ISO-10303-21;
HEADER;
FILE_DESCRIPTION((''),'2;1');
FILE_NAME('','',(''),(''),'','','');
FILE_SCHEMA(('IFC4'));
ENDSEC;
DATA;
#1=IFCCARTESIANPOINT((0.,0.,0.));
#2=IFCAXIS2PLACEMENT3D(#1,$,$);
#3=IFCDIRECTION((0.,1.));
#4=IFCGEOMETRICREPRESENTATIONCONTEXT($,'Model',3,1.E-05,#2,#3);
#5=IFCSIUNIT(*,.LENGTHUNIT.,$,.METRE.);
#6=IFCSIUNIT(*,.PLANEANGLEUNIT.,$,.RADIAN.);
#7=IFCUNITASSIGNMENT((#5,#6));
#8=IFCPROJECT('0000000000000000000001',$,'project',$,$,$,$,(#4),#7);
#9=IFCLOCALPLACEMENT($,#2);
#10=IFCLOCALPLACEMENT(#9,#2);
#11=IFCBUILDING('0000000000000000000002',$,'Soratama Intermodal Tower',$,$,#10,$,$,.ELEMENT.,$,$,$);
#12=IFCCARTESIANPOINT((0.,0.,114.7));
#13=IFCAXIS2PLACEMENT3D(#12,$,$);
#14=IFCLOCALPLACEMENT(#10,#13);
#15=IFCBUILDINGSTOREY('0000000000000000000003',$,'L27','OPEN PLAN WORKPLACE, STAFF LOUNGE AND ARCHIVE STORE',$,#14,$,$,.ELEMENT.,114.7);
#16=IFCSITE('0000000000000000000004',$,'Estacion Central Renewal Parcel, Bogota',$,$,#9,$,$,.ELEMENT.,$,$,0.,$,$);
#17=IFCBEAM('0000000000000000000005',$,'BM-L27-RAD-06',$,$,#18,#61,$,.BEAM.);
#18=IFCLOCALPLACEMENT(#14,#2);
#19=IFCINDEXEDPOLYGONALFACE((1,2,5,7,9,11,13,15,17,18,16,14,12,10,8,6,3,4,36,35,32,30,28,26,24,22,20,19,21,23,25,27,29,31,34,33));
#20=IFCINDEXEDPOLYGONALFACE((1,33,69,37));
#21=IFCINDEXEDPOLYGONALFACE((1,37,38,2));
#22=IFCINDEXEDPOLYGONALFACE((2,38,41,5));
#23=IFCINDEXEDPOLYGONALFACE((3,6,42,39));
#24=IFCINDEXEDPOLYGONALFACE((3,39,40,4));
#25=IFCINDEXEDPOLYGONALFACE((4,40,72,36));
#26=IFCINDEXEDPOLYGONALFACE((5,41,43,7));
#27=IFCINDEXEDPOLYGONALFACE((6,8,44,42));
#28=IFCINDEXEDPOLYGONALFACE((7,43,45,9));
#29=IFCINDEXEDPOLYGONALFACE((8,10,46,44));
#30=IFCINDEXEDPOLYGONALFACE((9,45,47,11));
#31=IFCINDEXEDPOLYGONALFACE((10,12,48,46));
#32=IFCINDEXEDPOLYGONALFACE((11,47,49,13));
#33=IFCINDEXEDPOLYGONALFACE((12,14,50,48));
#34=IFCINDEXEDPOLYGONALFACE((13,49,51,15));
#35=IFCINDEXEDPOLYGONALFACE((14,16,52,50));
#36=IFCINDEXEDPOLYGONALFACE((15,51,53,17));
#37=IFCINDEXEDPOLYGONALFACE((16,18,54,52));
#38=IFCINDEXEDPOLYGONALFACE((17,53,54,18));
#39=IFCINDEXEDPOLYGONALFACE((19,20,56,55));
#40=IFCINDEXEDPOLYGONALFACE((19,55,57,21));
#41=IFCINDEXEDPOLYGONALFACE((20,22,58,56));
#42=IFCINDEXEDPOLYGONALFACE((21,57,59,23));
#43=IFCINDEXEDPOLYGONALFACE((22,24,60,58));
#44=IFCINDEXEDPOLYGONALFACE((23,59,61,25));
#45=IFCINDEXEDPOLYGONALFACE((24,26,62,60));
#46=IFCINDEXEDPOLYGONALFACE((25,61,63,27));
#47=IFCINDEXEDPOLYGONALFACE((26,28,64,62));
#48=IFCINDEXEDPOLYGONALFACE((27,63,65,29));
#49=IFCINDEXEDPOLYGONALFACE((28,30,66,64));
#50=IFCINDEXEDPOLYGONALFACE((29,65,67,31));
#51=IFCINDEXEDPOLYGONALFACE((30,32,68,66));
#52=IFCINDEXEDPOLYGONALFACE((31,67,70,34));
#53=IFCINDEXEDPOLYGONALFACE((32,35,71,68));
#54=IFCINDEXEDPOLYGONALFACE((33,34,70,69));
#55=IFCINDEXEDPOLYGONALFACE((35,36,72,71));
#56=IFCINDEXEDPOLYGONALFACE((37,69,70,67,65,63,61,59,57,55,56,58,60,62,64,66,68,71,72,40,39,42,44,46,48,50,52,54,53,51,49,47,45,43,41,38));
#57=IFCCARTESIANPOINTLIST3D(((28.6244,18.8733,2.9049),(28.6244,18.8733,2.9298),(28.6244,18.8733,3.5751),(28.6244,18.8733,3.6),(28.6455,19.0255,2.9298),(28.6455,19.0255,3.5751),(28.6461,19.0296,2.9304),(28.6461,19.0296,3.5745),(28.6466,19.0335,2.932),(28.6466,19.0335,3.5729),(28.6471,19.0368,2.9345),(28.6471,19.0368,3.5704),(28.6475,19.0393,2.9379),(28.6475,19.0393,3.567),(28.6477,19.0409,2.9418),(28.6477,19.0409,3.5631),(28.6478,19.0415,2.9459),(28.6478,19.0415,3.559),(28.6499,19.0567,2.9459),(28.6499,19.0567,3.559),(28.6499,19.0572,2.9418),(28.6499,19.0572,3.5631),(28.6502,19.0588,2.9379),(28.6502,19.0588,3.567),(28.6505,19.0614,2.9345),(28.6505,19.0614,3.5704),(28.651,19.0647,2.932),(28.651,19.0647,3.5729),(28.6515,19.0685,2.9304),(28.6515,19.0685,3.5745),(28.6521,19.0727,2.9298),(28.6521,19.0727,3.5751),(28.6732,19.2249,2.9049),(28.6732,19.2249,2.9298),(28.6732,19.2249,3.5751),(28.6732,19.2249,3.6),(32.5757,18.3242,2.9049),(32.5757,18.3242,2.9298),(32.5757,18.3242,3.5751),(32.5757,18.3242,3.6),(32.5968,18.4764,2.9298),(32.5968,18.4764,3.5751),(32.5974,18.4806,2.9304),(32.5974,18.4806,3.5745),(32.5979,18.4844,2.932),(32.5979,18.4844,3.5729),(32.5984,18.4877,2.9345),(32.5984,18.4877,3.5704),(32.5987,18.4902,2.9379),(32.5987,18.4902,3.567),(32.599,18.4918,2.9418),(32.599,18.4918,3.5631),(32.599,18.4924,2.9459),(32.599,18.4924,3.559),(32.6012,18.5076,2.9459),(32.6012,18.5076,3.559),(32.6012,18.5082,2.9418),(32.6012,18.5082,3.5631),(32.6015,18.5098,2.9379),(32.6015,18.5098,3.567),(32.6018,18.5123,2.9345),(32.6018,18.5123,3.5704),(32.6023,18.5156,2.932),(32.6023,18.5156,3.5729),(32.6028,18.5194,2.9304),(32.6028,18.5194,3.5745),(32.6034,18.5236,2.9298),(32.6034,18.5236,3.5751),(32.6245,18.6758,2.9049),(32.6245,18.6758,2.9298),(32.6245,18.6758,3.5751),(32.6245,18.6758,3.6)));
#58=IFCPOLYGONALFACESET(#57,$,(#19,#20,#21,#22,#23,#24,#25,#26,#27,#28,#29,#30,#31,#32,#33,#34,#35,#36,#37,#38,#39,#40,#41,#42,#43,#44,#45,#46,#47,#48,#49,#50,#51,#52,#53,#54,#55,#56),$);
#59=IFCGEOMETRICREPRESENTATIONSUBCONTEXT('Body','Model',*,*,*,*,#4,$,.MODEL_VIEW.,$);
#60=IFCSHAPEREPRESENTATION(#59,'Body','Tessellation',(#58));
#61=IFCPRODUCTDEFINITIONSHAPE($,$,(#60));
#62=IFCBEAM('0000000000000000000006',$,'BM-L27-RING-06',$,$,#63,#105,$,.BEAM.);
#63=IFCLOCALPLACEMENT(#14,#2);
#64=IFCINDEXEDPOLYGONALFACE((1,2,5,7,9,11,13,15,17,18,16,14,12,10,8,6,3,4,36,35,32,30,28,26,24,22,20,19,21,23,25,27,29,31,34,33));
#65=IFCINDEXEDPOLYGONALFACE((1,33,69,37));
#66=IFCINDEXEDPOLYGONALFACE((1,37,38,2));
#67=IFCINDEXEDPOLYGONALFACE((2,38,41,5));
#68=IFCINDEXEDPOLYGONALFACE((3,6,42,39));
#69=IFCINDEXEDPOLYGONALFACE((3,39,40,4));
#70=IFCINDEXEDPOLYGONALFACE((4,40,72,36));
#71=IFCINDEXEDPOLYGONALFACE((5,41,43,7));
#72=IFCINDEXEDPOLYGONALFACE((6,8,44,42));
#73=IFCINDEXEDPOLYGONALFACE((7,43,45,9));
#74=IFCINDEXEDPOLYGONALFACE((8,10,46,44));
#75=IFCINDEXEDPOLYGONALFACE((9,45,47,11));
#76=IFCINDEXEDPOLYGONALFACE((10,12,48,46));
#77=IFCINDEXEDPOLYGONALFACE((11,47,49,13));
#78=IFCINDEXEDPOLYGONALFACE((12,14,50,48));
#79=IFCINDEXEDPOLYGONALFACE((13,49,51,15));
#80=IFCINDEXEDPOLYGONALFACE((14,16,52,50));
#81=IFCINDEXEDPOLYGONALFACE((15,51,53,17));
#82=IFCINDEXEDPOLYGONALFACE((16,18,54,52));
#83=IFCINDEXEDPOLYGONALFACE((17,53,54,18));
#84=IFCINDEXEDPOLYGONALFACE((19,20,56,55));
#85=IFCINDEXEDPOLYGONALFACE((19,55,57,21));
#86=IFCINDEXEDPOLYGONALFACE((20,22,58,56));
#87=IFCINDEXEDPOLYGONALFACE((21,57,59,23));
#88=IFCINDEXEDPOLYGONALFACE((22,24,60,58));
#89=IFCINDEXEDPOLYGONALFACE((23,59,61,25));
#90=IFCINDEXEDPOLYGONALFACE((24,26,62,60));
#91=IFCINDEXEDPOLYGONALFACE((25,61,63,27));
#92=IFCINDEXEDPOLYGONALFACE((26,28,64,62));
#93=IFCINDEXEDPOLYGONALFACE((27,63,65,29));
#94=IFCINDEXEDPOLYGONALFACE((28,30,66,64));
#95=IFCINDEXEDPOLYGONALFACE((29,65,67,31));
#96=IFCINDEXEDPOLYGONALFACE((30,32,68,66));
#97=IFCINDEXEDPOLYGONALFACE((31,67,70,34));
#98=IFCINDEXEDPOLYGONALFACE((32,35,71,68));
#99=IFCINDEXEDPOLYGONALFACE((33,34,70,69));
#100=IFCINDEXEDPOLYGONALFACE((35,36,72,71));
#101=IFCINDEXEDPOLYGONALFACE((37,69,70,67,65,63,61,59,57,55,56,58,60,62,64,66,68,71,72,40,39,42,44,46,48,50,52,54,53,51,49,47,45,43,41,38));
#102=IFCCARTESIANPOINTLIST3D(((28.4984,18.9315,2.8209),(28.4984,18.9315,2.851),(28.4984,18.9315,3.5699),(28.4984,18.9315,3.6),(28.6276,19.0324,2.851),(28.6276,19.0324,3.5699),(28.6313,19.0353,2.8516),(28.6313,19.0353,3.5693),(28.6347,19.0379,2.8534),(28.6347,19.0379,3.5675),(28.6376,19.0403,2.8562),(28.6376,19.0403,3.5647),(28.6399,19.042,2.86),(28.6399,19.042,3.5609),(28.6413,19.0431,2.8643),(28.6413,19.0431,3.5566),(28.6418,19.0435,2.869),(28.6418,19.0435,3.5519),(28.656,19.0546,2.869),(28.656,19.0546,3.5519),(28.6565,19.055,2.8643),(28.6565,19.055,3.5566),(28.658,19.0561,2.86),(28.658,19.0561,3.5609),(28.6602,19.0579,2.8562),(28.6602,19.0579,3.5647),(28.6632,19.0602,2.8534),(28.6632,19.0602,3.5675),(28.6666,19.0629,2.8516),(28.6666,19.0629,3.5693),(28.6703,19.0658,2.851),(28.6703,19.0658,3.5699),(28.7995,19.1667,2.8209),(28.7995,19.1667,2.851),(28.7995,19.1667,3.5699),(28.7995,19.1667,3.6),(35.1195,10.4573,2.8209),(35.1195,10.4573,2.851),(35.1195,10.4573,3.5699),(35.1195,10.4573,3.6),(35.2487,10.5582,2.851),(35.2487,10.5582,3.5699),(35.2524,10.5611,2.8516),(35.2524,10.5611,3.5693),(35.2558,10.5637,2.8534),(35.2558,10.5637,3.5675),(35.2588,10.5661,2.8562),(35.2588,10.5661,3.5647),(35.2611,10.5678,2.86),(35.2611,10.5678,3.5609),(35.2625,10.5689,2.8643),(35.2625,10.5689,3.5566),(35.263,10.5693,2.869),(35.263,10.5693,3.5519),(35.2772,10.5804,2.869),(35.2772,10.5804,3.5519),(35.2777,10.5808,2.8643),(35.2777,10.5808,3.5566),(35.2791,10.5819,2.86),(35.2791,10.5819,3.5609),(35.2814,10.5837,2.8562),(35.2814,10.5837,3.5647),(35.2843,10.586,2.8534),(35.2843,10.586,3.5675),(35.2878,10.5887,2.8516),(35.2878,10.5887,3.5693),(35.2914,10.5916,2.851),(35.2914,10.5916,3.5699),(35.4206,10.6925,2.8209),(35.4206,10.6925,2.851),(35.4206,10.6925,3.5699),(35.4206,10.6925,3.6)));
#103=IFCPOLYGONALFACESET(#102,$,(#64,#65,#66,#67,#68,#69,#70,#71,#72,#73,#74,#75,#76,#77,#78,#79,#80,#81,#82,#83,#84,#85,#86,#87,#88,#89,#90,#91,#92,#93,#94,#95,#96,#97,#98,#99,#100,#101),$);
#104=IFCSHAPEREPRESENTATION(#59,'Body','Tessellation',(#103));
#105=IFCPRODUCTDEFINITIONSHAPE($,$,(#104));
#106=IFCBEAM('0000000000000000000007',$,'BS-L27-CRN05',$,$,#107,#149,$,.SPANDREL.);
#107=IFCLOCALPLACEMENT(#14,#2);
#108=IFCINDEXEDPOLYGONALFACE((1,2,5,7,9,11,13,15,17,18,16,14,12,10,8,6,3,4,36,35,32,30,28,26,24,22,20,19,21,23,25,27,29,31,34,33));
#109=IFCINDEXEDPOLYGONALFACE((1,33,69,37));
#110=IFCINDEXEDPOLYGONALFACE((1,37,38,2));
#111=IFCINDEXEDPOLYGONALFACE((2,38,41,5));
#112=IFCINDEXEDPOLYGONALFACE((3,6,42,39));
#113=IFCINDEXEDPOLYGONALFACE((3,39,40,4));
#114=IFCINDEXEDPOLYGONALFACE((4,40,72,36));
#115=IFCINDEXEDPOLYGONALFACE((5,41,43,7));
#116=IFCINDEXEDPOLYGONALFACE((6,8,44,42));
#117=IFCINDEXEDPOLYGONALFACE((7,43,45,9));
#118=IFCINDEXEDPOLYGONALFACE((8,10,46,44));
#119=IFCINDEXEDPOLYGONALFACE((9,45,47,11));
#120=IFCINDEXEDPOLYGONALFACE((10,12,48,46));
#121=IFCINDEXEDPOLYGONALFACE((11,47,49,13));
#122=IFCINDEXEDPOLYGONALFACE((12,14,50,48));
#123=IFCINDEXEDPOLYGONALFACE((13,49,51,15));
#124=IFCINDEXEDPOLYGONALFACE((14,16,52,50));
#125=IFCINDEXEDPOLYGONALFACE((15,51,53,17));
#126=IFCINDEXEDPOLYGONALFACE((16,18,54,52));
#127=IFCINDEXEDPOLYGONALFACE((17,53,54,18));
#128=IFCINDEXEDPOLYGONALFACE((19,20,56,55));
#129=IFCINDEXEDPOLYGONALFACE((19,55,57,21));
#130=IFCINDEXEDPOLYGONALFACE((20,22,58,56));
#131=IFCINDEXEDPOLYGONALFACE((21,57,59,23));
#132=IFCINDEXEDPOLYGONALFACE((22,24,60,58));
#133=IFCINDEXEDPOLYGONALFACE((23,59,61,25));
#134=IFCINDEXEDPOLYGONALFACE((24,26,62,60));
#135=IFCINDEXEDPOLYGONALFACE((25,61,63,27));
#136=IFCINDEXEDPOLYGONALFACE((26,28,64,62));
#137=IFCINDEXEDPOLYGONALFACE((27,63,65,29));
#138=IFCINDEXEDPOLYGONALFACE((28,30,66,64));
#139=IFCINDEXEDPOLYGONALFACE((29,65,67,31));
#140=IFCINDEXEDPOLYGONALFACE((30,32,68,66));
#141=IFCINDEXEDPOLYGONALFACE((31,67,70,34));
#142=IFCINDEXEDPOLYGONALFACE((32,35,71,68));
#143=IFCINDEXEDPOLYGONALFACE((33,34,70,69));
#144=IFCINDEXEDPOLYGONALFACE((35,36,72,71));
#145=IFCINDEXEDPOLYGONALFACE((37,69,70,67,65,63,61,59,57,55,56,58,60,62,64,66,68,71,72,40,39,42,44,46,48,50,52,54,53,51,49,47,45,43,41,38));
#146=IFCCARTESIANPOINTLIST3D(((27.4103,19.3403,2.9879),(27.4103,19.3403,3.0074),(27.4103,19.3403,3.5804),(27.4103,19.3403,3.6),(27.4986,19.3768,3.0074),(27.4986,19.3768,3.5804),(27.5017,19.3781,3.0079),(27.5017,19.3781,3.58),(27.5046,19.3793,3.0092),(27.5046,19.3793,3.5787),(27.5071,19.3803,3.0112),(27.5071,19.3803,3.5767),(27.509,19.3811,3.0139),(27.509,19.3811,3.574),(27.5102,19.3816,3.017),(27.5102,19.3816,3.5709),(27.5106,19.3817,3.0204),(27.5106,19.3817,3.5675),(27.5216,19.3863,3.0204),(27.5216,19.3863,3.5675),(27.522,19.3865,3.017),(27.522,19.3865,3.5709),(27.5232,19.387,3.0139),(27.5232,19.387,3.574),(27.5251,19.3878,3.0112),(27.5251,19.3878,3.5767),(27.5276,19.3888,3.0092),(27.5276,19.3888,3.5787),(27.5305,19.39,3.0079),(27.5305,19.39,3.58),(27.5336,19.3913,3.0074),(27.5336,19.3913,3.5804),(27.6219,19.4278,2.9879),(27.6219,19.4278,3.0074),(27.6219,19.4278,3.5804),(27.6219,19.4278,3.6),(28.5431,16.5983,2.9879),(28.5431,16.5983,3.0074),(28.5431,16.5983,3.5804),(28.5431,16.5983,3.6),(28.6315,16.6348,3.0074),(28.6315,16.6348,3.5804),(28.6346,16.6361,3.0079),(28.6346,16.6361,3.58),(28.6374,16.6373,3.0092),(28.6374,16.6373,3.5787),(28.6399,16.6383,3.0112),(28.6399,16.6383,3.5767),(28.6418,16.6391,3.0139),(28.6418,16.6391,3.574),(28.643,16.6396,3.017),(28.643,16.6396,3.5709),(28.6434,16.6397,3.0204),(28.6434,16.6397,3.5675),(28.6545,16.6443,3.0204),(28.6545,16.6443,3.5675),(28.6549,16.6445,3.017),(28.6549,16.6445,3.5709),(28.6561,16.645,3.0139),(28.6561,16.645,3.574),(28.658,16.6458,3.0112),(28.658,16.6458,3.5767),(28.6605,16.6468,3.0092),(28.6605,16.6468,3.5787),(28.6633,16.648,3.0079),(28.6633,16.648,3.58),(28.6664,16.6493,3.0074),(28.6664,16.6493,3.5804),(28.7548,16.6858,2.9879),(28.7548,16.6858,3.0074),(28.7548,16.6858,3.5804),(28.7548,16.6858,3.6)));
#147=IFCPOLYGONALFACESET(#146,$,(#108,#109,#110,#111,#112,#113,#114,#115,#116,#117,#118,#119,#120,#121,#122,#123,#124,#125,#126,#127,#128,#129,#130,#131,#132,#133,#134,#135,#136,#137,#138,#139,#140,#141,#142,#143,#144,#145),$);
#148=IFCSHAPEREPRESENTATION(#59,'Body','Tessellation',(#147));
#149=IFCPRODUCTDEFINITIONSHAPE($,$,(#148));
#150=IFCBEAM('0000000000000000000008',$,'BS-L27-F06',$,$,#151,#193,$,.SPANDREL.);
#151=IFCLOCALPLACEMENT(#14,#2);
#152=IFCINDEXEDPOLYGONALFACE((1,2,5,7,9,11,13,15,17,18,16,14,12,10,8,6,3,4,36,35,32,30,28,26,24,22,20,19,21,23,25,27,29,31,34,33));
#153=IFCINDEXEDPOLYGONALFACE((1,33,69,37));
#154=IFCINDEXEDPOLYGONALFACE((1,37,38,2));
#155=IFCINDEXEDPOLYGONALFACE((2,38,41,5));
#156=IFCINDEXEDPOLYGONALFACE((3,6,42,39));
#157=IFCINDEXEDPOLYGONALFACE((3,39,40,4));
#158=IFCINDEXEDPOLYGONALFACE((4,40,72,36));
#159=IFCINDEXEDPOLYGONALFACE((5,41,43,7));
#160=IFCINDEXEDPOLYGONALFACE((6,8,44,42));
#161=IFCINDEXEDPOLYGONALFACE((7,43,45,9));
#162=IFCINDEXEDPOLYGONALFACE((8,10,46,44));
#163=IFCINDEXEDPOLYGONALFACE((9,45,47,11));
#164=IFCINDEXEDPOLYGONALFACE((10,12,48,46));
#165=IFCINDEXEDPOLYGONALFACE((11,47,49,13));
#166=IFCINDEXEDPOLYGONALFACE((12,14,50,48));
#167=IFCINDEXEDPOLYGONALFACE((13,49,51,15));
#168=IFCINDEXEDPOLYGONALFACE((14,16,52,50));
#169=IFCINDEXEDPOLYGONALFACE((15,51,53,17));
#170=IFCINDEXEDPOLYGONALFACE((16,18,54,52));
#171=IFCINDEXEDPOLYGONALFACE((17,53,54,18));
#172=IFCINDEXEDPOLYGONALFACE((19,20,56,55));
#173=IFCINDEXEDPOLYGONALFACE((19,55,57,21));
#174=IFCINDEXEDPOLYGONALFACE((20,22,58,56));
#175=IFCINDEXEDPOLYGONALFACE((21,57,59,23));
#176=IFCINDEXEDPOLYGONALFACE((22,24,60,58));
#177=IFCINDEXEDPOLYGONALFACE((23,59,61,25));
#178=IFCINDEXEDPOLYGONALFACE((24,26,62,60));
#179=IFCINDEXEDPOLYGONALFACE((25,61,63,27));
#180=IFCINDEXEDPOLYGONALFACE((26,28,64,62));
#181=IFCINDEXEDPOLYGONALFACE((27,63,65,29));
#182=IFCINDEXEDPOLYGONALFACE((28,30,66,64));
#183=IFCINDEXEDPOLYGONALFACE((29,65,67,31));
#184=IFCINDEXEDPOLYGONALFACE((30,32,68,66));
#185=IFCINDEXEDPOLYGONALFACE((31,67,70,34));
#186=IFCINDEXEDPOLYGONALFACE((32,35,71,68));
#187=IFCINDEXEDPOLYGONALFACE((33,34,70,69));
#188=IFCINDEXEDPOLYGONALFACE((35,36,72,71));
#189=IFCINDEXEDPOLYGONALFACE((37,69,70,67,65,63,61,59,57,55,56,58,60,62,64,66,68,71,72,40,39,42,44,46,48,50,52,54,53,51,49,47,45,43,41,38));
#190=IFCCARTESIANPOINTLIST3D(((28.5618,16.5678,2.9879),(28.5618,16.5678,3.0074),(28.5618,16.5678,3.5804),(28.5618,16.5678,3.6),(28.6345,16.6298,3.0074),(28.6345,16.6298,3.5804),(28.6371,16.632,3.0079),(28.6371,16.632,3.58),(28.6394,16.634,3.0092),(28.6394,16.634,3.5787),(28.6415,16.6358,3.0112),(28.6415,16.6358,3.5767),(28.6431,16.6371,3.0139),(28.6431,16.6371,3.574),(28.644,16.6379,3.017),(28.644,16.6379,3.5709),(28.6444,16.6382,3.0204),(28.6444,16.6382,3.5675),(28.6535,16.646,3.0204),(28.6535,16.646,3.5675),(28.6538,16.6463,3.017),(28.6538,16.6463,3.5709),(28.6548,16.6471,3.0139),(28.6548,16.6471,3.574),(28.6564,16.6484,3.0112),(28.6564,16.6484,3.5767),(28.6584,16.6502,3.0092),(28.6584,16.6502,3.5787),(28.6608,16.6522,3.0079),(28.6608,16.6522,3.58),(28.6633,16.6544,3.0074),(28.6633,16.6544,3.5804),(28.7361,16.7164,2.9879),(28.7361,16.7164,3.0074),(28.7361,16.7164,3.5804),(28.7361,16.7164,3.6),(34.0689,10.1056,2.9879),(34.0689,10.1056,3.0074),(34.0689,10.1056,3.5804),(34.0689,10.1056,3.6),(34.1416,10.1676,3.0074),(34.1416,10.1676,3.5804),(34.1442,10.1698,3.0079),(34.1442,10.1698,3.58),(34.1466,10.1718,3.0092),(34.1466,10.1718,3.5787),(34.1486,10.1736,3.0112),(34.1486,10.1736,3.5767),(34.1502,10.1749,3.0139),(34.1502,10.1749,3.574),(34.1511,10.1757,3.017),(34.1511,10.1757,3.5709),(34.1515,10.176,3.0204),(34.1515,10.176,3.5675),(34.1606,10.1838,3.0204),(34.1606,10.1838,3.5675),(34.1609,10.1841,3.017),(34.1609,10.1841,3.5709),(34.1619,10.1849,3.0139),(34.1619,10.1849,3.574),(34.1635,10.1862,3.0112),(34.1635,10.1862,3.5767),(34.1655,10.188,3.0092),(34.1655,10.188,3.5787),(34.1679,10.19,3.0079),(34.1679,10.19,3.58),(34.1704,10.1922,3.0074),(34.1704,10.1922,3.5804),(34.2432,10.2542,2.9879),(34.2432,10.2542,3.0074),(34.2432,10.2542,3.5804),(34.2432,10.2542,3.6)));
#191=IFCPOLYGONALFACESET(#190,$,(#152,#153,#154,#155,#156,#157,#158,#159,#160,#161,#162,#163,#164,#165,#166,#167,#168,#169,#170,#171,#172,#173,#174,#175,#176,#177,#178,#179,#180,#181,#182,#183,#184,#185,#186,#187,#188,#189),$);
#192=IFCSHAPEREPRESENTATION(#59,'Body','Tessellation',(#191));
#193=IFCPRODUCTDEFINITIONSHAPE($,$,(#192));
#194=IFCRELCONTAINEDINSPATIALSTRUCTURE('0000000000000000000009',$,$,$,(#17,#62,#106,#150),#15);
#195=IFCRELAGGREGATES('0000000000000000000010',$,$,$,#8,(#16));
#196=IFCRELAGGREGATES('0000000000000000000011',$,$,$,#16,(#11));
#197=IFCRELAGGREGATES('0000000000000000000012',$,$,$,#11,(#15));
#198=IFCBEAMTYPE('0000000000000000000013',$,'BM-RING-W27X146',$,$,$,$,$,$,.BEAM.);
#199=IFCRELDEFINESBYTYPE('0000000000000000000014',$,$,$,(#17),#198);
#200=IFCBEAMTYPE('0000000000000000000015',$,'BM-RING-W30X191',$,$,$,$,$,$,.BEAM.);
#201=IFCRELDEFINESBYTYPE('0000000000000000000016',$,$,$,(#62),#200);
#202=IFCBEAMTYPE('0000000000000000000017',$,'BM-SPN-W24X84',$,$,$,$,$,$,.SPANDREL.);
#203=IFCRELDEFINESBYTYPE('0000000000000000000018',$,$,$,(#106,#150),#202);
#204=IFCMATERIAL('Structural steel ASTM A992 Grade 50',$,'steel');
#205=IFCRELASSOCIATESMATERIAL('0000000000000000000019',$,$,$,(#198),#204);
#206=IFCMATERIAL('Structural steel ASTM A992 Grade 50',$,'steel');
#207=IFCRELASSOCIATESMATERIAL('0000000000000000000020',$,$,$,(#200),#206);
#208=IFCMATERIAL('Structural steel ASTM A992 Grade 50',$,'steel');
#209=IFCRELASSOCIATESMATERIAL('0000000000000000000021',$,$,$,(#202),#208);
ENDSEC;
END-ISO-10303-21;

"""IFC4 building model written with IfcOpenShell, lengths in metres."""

from ifc_helpers import new_model, si_unit, direction, frame, origin, origin_2d, place, context, subcontext, project, spatial, i_section, extrude, material, material_profile, profile_set, type_object, element, save


model = new_model("IFC4")

# Units and contexts
model_context = context("Model", 3, precision=1e-05, world=origin(), true_north=direction((0.0, 1.0)))
body_context = subcontext(model_context, "Body", "Model", "MODEL_VIEW")
ifc_project = project(units=[si_unit("LENGTHUNIT", "METRE"), si_unit("PLANEANGLEUNIT", "RADIAN")], contexts=[model_context])

# Site, building, storey
site_placement = place(None, origin())
site = spatial("IfcSite", under=ifc_project, at=site_placement, Name="Estacion Central Renewal Parcel, Bogota", CompositionType="ELEMENT", RefElevation=0.0)
building_placement = place(site_placement, origin())
building = spatial("IfcBuilding", under=site, at=building_placement, Name="Soratama Intermodal Tower", CompositionType="ELEMENT")
storey_placement = place(building_placement, frame((0.0, 0.0, 114.7)))
storey = spatial("IfcBuildingStorey", under=building, at=storey_placement, Name="L27", Description="OPEN PLAN WORKPLACE, STAFF LOUNGE AND ARCHIVE STORE", CompositionType="ELEMENT", Elevation=114.7)

# Beams
ifc_material_1 = material(Name="Structural steel ASTM A992 Grade 50", Category="steel")
ifc_material_profile_1 = material_profile(ifc_material_1, i_section(OverallWidth=0.355, OverallDepth=0.6951, WebThickness=0.0154, FlangeThickness=0.0249, FilletRadius=0.0161, at=origin_2d()), Name="W27X146")
ifc_profile_set_1 = profile_set([ifc_material_profile_1], Name="Structural steel ASTM A992 Grade 50")
beam_type_1 = type_object("IfcBeamType", Name="BM-RING-W27X146", PredefinedType="BEAM", material=ifc_profile_set_1)
beam_1_placement = place(storey_placement, frame((32.6001, 18.5, 3.2524), z_axis=(-0.990482, 0.137642, 0.0), x_axis=(-0.137642, -0.990482, 0.0)))
element("IfcBeam", 1, at=beam_1_placement, inside=storey, type_object=beam_type_1, Name="BM-L27-RAD-06", PredefinedType="BEAM", context=body_context, shape_type="SweptSolid", body=[
    extrude(i_section(OverallWidth=0.355, OverallDepth=0.6951, WebThickness=0.0154, FlangeThickness=0.0249, FilletRadius=0.0161, at=origin_2d()), origin(), (0.0, 0.0, 1.0), 3.9893),
])
ifc_material_2 = material(Name="Structural steel ASTM A992 Grade 50", Category="steel")
ifc_material_profile_2 = material_profile(ifc_material_2, i_section(OverallWidth=0.3821, OverallDepth=0.7791, WebThickness=0.0181, FlangeThickness=0.03, FilletRadius=0.0181, at=origin_2d()), Name="W30X191")
ifc_profile_set_2 = profile_set([ifc_material_profile_2], Name="Structural steel ASTM A992 Grade 50")
beam_type_2 = type_object("IfcBeamType", Name="BM-RING-W30X191", PredefinedType="BEAM", material=ifc_profile_set_2)
beam_2_placement = place(storey_placement, frame((28.6489, 19.0491, 3.2104), z_axis=(0.615684, -0.787993, 0.0), x_axis=(0.787993, 0.615684, 0.0)))
element("IfcBeam", 2, at=beam_2_placement, inside=storey, type_object=beam_type_2, Name="BM-L27-RING-06", PredefinedType="BEAM", context=body_context, shape_type="SweptSolid", body=[
    extrude(i_section(OverallWidth=0.3821, OverallDepth=0.7791, WebThickness=0.0181, FlangeThickness=0.03, FilletRadius=0.0181, at=origin_2d()), origin(), (0.0, 0.0, 1.0), 10.7542),
])
ifc_material_3 = material(Name="Structural steel ASTM A992 Grade 50", Category="steel")
ifc_material_profile_3 = material_profile(ifc_material_3, i_section(OverallWidth=0.229, OverallDepth=0.6121, WebThickness=0.012, FlangeThickness=0.0195, FilletRadius=0.0129, at=origin_2d()), Name="W24X84")
ifc_profile_set_3 = profile_set([ifc_material_profile_3], Name="Structural steel ASTM A992 Grade 50")
beam_type_3 = type_object("IfcBeamType", Name="BM-SPN-W24X84", PredefinedType="SPANDREL", material=ifc_profile_set_3)
beam_3_placement = place(storey_placement, frame((27.5161, 19.384, 3.2939), z_axis=(0.381838, -0.924229, 0.0), x_axis=(0.924229, 0.381838, 0.0)))
element("IfcBeam", 3, at=beam_3_placement, inside=storey, type_object=beam_type_3, Name="BS-L27-CRN05", PredefinedType="SPANDREL", context=body_context, shape_type="SweptSolid", body=[
    extrude(i_section(OverallWidth=0.229, OverallDepth=0.6121, WebThickness=0.012, FlangeThickness=0.0195, FilletRadius=0.0129, at=origin_2d()), origin(), (0.0, 0.0, 1.0), 2.9668),
])
beam_4_placement = place(storey_placement, frame((28.6489, 16.6421, 3.2939), z_axis=(0.648622, -0.761111, 0.0), x_axis=(0.761111, 0.648622, 0.0)))
element("IfcBeam", 4, at=beam_4_placement, inside=storey, type_object=beam_type_3, Name="BS-L27-F06", PredefinedType="SPANDREL", context=body_context, shape_type="SweptSolid", body=[
    extrude(i_section(OverallWidth=0.229, OverallDepth=0.6121, WebThickness=0.012, FlangeThickness=0.0195, FilletRadius=0.0129, at=origin_2d()), origin(), (0.0, 0.0, 1.0), 8.4905),
])

save(model, "model.ifc")
